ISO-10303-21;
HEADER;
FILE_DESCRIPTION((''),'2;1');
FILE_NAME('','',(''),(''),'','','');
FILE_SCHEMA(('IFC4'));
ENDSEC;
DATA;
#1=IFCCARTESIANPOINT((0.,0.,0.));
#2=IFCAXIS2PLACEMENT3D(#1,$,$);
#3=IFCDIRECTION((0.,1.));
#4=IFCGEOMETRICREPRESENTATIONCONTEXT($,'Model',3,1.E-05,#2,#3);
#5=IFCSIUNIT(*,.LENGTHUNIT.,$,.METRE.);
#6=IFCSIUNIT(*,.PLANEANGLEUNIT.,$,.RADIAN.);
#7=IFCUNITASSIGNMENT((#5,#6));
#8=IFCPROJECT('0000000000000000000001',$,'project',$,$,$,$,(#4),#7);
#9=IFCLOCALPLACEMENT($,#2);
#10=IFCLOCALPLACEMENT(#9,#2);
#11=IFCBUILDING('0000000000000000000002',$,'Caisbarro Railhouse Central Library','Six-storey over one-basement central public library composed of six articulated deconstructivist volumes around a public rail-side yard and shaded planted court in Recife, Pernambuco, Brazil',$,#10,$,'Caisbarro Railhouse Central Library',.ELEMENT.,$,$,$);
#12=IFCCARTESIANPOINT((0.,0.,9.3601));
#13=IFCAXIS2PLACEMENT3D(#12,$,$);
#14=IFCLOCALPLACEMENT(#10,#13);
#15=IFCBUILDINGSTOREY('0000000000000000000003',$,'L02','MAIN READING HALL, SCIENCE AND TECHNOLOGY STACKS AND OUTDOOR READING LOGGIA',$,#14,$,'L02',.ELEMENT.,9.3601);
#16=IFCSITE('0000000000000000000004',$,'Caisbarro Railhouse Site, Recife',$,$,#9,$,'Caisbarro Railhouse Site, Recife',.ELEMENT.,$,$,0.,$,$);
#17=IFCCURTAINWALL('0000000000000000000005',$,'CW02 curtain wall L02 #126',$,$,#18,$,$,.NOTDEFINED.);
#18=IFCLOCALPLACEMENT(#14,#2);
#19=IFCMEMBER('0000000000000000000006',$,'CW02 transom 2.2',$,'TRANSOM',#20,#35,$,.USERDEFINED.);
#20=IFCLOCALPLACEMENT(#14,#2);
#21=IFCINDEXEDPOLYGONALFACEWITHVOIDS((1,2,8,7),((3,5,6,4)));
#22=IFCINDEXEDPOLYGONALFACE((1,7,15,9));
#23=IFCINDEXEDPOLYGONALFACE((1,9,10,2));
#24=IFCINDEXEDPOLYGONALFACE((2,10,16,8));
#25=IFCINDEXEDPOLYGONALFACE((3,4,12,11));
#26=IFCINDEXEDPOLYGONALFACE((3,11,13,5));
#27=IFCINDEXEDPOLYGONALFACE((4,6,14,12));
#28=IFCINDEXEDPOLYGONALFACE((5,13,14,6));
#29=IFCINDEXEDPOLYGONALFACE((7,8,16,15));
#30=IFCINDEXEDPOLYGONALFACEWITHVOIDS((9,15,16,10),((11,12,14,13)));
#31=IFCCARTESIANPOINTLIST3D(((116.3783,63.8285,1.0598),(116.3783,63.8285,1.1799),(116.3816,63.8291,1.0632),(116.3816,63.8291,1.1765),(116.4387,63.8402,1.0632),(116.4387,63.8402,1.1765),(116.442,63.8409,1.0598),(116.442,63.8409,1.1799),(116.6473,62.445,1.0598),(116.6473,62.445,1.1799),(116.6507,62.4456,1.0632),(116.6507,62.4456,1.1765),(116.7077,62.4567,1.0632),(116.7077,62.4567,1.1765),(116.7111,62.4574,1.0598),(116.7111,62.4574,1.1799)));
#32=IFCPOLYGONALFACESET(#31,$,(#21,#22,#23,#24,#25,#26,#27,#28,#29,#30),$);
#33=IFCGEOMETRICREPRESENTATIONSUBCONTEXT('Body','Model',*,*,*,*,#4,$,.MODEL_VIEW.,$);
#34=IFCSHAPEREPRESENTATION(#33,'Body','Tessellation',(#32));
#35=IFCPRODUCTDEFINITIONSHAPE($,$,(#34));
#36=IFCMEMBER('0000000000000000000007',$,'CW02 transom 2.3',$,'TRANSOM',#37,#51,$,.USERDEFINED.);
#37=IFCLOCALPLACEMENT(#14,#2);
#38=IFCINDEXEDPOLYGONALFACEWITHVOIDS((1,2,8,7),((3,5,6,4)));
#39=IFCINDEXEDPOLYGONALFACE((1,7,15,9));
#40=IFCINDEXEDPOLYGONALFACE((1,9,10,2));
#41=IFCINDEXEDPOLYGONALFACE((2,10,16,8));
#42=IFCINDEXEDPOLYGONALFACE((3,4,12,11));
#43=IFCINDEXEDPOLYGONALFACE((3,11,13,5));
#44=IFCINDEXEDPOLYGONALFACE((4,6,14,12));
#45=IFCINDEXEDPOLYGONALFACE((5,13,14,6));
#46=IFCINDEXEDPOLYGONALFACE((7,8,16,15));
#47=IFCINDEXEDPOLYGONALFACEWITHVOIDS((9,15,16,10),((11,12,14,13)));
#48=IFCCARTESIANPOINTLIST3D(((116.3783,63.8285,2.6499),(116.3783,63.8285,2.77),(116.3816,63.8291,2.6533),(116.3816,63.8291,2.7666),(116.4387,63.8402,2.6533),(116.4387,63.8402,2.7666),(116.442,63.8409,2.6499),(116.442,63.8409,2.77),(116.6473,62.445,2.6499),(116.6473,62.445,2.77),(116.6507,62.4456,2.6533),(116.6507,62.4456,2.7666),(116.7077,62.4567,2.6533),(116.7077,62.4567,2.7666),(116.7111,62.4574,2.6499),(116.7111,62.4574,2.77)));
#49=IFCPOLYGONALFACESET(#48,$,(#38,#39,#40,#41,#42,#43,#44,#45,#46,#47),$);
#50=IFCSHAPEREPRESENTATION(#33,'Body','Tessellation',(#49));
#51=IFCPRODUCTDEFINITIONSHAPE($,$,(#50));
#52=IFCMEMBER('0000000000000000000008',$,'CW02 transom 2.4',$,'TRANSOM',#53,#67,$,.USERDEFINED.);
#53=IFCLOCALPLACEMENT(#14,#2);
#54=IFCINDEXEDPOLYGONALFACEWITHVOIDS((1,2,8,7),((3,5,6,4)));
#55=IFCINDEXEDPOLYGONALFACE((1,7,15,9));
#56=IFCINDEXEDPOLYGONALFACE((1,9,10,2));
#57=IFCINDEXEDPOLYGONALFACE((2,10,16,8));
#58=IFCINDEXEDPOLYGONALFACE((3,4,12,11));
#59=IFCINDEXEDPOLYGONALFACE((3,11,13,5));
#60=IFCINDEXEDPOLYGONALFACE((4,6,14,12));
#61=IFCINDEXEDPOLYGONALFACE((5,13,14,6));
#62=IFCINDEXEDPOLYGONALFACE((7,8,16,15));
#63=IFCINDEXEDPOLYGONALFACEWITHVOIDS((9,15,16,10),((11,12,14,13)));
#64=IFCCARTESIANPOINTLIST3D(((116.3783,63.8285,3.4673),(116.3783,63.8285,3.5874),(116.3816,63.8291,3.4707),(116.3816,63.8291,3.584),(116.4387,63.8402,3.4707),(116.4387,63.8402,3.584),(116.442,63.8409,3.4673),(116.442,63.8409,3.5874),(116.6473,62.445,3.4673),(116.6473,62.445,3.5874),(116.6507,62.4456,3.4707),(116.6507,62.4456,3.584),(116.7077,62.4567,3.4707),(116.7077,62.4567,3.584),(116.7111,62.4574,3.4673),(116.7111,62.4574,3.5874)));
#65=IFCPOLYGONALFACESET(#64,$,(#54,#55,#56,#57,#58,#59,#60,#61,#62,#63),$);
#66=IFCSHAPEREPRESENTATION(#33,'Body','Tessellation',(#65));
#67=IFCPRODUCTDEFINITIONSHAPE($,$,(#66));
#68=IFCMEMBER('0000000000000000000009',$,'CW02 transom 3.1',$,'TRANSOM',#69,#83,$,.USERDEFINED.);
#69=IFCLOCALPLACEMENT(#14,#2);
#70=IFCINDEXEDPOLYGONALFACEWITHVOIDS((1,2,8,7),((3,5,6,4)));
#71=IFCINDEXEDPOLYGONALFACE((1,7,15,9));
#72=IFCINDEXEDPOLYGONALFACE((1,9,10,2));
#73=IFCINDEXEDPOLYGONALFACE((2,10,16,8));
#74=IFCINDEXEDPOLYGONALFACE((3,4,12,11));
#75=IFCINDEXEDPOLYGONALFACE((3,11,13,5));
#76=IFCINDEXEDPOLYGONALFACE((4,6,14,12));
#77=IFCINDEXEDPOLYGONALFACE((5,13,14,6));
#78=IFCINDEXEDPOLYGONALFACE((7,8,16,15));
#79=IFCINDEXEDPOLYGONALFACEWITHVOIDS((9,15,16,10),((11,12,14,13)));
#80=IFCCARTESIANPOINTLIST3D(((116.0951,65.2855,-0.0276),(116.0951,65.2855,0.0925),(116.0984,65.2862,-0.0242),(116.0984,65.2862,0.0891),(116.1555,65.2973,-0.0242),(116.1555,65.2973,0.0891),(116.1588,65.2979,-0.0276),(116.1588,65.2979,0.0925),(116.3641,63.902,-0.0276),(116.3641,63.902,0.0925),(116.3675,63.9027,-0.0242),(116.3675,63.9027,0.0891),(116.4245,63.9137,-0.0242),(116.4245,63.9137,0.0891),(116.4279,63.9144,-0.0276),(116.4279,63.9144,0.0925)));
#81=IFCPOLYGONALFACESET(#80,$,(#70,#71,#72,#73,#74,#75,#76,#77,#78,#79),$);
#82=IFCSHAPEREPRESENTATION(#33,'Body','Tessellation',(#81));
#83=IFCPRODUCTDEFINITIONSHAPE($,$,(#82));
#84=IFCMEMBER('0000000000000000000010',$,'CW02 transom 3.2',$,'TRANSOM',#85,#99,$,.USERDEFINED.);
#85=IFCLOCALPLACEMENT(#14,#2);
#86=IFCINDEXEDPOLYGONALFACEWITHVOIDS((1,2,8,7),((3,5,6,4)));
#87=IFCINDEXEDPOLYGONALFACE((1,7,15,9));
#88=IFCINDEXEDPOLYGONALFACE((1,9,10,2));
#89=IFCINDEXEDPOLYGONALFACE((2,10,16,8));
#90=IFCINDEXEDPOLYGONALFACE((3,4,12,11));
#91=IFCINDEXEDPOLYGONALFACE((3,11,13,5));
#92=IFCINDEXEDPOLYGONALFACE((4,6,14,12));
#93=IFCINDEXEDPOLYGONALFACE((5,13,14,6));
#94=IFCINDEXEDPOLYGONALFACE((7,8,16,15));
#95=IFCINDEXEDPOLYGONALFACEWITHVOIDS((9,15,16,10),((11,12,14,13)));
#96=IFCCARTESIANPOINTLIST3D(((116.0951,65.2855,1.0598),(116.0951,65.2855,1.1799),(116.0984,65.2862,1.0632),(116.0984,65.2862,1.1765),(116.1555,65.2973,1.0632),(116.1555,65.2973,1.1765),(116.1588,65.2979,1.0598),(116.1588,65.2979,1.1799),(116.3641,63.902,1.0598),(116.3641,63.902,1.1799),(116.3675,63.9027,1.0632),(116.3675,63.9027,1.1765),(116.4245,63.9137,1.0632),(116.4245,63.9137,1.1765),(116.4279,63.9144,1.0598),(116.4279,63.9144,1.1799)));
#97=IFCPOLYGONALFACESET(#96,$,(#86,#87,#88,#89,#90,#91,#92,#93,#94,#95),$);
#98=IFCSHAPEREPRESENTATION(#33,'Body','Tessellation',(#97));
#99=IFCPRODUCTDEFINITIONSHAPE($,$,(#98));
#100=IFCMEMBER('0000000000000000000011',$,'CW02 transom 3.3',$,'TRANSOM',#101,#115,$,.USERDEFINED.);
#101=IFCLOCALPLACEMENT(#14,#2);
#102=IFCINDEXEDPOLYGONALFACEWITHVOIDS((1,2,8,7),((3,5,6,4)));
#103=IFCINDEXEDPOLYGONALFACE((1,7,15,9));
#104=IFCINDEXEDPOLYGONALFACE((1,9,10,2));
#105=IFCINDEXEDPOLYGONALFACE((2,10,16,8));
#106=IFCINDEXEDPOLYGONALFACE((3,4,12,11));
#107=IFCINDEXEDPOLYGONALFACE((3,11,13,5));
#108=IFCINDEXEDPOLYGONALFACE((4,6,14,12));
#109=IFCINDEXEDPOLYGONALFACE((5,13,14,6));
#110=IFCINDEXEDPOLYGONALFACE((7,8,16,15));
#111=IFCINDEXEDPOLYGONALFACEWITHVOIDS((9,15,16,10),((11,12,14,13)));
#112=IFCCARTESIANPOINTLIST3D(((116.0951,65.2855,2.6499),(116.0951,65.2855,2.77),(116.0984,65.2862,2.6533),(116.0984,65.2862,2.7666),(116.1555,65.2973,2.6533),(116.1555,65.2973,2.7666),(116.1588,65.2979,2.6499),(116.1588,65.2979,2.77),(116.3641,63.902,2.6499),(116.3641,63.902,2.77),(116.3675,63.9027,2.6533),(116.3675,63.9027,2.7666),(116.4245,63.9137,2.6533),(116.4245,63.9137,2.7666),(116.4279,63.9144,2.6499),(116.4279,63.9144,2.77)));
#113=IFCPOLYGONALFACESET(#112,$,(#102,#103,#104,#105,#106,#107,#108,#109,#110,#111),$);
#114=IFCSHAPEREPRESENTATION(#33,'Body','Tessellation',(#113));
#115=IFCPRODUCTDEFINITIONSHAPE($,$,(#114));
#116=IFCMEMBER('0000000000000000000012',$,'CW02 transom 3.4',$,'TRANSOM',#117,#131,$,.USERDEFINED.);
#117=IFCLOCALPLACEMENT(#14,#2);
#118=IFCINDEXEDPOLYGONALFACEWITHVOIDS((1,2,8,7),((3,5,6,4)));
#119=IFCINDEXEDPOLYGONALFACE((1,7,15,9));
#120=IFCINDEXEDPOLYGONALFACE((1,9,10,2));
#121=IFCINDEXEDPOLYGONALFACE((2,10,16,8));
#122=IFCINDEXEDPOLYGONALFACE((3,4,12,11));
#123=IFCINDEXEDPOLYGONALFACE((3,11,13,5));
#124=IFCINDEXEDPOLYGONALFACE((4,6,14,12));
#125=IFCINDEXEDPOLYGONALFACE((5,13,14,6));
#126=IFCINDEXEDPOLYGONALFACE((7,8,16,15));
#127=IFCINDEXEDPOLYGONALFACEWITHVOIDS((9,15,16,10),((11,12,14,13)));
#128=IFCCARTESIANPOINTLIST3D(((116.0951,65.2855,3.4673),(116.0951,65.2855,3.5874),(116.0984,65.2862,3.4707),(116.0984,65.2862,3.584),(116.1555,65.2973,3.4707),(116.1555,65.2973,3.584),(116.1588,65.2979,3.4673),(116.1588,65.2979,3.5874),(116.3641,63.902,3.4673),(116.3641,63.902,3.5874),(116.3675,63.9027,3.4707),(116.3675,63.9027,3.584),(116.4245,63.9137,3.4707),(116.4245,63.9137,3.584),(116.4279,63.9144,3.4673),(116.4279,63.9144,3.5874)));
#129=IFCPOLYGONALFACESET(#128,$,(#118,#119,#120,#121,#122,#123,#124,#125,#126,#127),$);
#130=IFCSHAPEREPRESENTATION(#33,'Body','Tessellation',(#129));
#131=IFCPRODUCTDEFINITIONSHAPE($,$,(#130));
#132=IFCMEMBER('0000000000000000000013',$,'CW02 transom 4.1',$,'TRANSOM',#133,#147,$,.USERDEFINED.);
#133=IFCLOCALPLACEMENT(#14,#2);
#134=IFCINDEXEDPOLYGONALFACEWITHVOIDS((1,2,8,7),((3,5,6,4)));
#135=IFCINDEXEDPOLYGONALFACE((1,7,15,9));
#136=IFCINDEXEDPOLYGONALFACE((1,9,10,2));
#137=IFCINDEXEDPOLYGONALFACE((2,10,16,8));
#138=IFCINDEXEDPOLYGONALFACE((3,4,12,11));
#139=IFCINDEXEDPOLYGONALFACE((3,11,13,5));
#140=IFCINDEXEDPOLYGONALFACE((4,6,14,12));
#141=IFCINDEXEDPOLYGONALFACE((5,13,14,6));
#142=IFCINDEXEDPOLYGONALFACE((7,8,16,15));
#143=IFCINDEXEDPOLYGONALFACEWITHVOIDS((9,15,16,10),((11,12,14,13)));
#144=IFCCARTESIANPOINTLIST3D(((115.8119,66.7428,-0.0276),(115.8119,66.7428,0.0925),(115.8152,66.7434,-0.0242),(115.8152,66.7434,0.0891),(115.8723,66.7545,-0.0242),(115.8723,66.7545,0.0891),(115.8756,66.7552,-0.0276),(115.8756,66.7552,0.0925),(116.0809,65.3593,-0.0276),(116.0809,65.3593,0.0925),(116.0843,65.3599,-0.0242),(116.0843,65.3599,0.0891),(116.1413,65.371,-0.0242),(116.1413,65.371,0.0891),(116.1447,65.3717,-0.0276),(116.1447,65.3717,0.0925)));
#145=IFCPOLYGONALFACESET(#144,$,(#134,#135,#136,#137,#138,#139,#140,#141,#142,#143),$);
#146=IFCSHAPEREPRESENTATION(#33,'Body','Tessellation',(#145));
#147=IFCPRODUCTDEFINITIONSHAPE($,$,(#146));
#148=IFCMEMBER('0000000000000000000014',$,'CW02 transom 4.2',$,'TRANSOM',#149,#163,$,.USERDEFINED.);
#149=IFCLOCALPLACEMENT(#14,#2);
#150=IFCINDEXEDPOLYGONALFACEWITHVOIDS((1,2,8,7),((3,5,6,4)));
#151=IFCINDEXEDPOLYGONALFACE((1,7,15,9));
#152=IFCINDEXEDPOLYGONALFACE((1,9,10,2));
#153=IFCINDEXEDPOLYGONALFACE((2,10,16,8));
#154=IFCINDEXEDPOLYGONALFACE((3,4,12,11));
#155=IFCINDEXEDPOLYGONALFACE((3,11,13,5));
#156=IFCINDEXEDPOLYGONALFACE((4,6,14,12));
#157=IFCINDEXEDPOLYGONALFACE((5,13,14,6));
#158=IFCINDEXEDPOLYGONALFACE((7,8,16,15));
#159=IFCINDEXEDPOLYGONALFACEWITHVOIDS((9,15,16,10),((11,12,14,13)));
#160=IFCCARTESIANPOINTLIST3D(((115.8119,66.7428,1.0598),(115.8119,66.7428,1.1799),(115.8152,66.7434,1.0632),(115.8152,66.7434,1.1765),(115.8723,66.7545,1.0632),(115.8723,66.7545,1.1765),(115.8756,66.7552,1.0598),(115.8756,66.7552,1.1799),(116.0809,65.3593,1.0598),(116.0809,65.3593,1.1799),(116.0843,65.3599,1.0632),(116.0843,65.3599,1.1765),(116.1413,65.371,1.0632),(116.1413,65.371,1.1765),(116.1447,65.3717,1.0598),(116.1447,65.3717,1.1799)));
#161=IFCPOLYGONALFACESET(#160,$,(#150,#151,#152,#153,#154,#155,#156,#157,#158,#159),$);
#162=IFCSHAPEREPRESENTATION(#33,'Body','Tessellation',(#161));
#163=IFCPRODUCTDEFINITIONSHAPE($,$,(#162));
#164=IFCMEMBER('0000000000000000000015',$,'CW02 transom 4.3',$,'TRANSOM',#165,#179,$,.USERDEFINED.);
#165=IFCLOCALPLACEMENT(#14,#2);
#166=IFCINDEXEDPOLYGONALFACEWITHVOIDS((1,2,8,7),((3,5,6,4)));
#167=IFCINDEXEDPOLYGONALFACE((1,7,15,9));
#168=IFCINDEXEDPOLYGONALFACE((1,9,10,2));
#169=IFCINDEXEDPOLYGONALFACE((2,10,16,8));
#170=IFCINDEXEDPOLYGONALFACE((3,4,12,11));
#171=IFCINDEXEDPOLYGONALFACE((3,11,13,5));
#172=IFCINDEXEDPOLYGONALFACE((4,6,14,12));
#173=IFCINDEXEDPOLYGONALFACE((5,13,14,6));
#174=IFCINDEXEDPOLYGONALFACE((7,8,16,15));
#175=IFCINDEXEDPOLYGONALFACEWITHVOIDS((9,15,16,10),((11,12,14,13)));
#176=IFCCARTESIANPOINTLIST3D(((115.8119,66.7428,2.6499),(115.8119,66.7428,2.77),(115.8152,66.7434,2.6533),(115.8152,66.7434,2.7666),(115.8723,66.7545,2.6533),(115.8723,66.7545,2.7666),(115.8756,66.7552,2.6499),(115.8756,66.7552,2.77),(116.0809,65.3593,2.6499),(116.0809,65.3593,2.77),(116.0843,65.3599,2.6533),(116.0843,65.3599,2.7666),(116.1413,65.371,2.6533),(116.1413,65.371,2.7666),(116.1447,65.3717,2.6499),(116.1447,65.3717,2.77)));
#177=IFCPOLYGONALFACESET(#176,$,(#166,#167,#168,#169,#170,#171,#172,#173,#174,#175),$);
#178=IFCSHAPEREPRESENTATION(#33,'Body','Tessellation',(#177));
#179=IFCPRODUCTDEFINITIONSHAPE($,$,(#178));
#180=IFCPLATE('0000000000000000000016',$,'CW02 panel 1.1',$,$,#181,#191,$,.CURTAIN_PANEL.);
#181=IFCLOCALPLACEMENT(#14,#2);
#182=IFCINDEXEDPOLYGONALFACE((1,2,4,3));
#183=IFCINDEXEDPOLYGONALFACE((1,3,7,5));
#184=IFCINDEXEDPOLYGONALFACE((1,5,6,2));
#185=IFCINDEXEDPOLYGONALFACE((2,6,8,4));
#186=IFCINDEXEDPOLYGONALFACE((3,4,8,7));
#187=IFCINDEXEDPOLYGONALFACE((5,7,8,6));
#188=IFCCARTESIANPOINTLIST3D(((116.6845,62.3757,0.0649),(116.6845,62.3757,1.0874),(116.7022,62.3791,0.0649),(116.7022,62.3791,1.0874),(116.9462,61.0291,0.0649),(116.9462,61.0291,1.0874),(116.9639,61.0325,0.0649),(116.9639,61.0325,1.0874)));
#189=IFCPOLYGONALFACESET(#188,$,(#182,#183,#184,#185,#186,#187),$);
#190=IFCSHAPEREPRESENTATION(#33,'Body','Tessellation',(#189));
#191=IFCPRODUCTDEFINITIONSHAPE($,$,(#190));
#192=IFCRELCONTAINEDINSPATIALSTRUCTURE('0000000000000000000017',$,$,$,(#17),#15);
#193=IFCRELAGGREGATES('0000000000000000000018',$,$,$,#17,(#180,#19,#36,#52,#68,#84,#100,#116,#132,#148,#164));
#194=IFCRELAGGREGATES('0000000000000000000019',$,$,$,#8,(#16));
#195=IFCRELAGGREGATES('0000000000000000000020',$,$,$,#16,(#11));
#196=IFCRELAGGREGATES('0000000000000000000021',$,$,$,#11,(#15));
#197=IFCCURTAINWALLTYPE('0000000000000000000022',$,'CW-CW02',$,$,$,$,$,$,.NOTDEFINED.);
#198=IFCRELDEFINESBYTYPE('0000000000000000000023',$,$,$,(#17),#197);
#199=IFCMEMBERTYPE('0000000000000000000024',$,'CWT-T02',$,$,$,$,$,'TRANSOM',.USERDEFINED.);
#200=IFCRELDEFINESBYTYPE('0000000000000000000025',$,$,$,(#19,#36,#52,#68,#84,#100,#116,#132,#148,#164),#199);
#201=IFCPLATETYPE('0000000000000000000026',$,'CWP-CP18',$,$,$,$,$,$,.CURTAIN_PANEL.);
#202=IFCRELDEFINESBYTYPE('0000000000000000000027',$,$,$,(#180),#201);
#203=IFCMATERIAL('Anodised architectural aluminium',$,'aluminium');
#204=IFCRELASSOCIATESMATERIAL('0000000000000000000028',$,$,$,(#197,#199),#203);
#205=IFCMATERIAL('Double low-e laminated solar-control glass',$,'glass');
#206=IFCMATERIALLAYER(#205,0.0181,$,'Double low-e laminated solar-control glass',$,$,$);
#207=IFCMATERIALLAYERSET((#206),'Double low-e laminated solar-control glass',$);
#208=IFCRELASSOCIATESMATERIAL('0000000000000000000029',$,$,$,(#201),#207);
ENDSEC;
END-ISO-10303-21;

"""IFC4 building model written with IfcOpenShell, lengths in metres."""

from ifc_helpers import new_model, si_unit, direction, frame, origin, origin_2d, place, context, subcontext, project, spatial, rectangle, hollow_rectangle, extrude, material, layer, layer_set, material_profile, profile_set, type_object, element, aggregate, save


model = new_model("IFC4")

# Units and contexts
model_context = context("Model", 3, precision=1e-05, world=origin(), true_north=direction((0.0, 1.0)))
body_context = subcontext(model_context, "Body", "Model", "MODEL_VIEW")
ifc_project = project(units=[si_unit("LENGTHUNIT", "METRE"), si_unit("PLANEANGLEUNIT", "RADIAN")], contexts=[model_context])

# Site, building, storey
site_placement = place(None, origin())
site = spatial("IfcSite", under=ifc_project, at=site_placement, Name="Caisbarro Railhouse Site, Recife", LongName="Caisbarro Railhouse Site, Recife", CompositionType="ELEMENT", RefElevation=0.0)
building_placement = place(site_placement, origin())
building = spatial("IfcBuilding", under=site, at=building_placement, Name="Caisbarro Railhouse Central Library", Description="Six-storey over one-basement central public library composed of six articulated deconstructivist volumes around a public rail-side yard and shaded planted court in Recife, Pernambuco, Brazil", LongName="Caisbarro Railhouse Central Library", CompositionType="ELEMENT")
storey_placement = place(building_placement, frame((0.0, 0.0, 9.3601)))
storey = spatial("IfcBuildingStorey", under=building, at=storey_placement, Name="L02", Description="MAIN READING HALL, SCIENCE AND TECHNOLOGY STACKS AND OUTDOOR READING LOGGIA", LongName="L02", CompositionType="ELEMENT", Elevation=9.3601)

# Curtain wall, members, plate
ifc_material_1 = material(Name="Anodised architectural aluminium", Category="aluminium")
curtain_wall_type = type_object("IfcCurtainWallType", Name="CW-CW02", PredefinedType="NOTDEFINED", material=ifc_material_1)
curtain_wall_placement = place(storey_placement, origin())
curtain_wall = element("IfcCurtainWall", 1, at=curtain_wall_placement, inside=storey, type_object=curtain_wall_type, Name="CW02 curtain wall L02 #126", PredefinedType="NOTDEFINED")
ifc_material_profile_1 = material_profile(ifc_material_1, hollow_rectangle(XDim=0.0649, YDim=0.1201, WallThickness=0.0034, at=origin_2d()), Name="ALU-TRN-65X120")
ifc_profile_set_1 = profile_set([ifc_material_profile_1], Name="Anodised architectural aluminium")
member_type_1 = type_object("IfcMemberType", Name="CWT-T02", ElementType="TRANSOM", PredefinedType="USERDEFINED", material=ifc_profile_set_1)
member_1_placement = place(storey_placement, frame((116.6792, 62.4512, 1.1199), z_axis=(-0.190884, 0.981613, 0.0), x_axis=(-0.981613, -0.190884, 0.0)))
member_1 = element("IfcMember", 2, at=member_1_placement, type_object=member_type_1, Name="CW02 transom 2.2", ObjectType="TRANSOM", PredefinedType="USERDEFINED", context=body_context, shape_type="SweptSolid", body=[
    extrude(hollow_rectangle(XDim=0.0649, YDim=0.1201, WallThickness=0.0034, at=origin_2d()), origin(), (0.0, 0.0, 1.0), 1.4094),
])
member_2_placement = place(storey_placement, frame((116.6792, 62.4512, 2.71), z_axis=(-0.190884, 0.981613, 0.0), x_axis=(-0.981613, -0.190884, 0.0)))
member_2 = element("IfcMember", 3, at=member_2_placement, type_object=member_type_1, Name="CW02 transom 2.3", ObjectType="TRANSOM", PredefinedType="USERDEFINED", context=body_context, shape_type="SweptSolid", body=[
    extrude(hollow_rectangle(XDim=0.0649, YDim=0.1201, WallThickness=0.0034, at=origin_2d()), origin(), (0.0, 0.0, 1.0), 1.4094),
])
member_3_placement = place(storey_placement, frame((116.6792, 62.4512, 3.5273), z_axis=(-0.190884, 0.981613, 0.0), x_axis=(-0.981613, -0.190884, 0.0)))
member_3 = element("IfcMember", 4, at=member_3_placement, type_object=member_type_1, Name="CW02 transom 2.4", ObjectType="TRANSOM", PredefinedType="USERDEFINED", context=body_context, shape_type="SweptSolid", body=[
    extrude(hollow_rectangle(XDim=0.0649, YDim=0.1201, WallThickness=0.0034, at=origin_2d()), origin(), (0.0, 0.0, 1.0), 1.4094),
])
member_4_placement = place(storey_placement, frame((116.396, 63.9082, 0.0325), z_axis=(-0.190884, 0.981613, 0.0), x_axis=(-0.981613, -0.190884, 0.0)))
member_4 = element("IfcMember", 5, at=member_4_placement, type_object=member_type_1, Name="CW02 transom 3.1", ObjectType="TRANSOM", PredefinedType="USERDEFINED", context=body_context, shape_type="SweptSolid", body=[
    extrude(hollow_rectangle(XDim=0.0649, YDim=0.1201, WallThickness=0.0034, at=origin_2d()), origin(), (0.0, 0.0, 1.0), 1.4094),
])
member_5_placement = place(storey_placement, frame((116.396, 63.9082, 1.1199), z_axis=(-0.190884, 0.981613, 0.0), x_axis=(-0.981613, -0.190884, 0.0)))
member_5 = element("IfcMember", 6, at=member_5_placement, type_object=member_type_1, Name="CW02 transom 3.2", ObjectType="TRANSOM", PredefinedType="USERDEFINED", context=body_context, shape_type="SweptSolid", body=[
    extrude(hollow_rectangle(XDim=0.0649, YDim=0.1201, WallThickness=0.0034, at=origin_2d()), origin(), (0.0, 0.0, 1.0), 1.4094),
])
member_6_placement = place(storey_placement, frame((116.396, 63.9082, 2.71), z_axis=(-0.190884, 0.981613, 0.0), x_axis=(-0.981613, -0.190884, 0.0)))
member_6 = element("IfcMember", 7, at=member_6_placement, type_object=member_type_1, Name="CW02 transom 3.3", ObjectType="TRANSOM", PredefinedType="USERDEFINED", context=body_context, shape_type="SweptSolid", body=[
    extrude(hollow_rectangle(XDim=0.0649, YDim=0.1201, WallThickness=0.0034, at=origin_2d()), origin(), (0.0, 0.0, 1.0), 1.4094),
])
member_7_placement = place(storey_placement, frame((116.396, 63.9082, 3.5273), z_axis=(-0.190884, 0.981613, 0.0), x_axis=(-0.981613, -0.190884, 0.0)))
member_7 = element("IfcMember", 8, at=member_7_placement, type_object=member_type_1, Name="CW02 transom 3.4", ObjectType="TRANSOM", PredefinedType="USERDEFINED", context=body_context, shape_type="SweptSolid", body=[
    extrude(hollow_rectangle(XDim=0.0649, YDim=0.1201, WallThickness=0.0034, at=origin_2d()), origin(), (0.0, 0.0, 1.0), 1.4094),
])
member_8_placement = place(storey_placement, frame((116.1128, 65.3655, 0.0325), z_axis=(-0.190884, 0.981613, 0.0), x_axis=(-0.981613, -0.190884, 0.0)))
member_8 = element("IfcMember", 9, at=member_8_placement, type_object=member_type_1, Name="CW02 transom 4.1", ObjectType="TRANSOM", PredefinedType="USERDEFINED", context=body_context, shape_type="SweptSolid", body=[
    extrude(hollow_rectangle(XDim=0.0649, YDim=0.1201, WallThickness=0.0034, at=origin_2d()), origin(), (0.0, 0.0, 1.0), 1.4094),
])
member_9_placement = place(storey_placement, frame((116.1128, 65.3655, 1.1199), z_axis=(-0.190884, 0.981613, 0.0), x_axis=(-0.981613, -0.190884, 0.0)))
member_9 = element("IfcMember", 10, at=member_9_placement, type_object=member_type_1, Name="CW02 transom 4.2", ObjectType="TRANSOM", PredefinedType="USERDEFINED", context=body_context, shape_type="SweptSolid", body=[
    extrude(hollow_rectangle(XDim=0.0649, YDim=0.1201, WallThickness=0.0034, at=origin_2d()), origin(), (0.0, 0.0, 1.0), 1.4094),
])
member_10_placement = place(storey_placement, frame((116.1128, 65.3655, 2.71), z_axis=(-0.190884, 0.981613, 0.0), x_axis=(-0.981613, -0.190884, 0.0)))
member_10 = element("IfcMember", 11, at=member_10_placement, type_object=member_type_1, Name="CW02 transom 4.3", ObjectType="TRANSOM", PredefinedType="USERDEFINED", context=body_context, shape_type="SweptSolid", body=[
    extrude(hollow_rectangle(XDim=0.0649, YDim=0.1201, WallThickness=0.0034, at=origin_2d()), origin(), (0.0, 0.0, 1.0), 1.4094),
])
ifc_material_2 = material(Name="Double low-e laminated solar-control glass", Category="glass")
ifc_layer_1 = layer(ifc_material_2, 0.0181, Name="Double low-e laminated solar-control glass")
ifc_layer_set_1 = layer_set([ifc_layer_1], Name="Double low-e laminated solar-control glass")
plate_type_1 = type_object("IfcPlateType", Name="CWP-CP18", PredefinedType="CURTAIN_PANEL", material=ifc_layer_set_1)
plate_1_placement = place(storey_placement, frame((116.8242, 61.7041, 0.0649), z_axis=(0.0, 0.0, 1.0), x_axis=(-0.190781, 0.981633, 0.0)))
plate_1 = element("IfcPlate", 12, at=plate_1_placement, type_object=plate_type_1, Name="CW02 panel 1.1", PredefinedType="CURTAIN_PANEL", context=body_context, shape_type="SweptSolid", body=[
    extrude(rectangle(XDim=1.3718, YDim=0.0181, at=origin_2d()), origin(), (0.0, 0.0, 1.0), 1.0225),
])
aggregate(curtain_wall, [plate_1, member_1, member_2, member_3, member_4, member_5, member_6, member_7, member_8, member_9, member_10])

save(model, "model.ifc")
